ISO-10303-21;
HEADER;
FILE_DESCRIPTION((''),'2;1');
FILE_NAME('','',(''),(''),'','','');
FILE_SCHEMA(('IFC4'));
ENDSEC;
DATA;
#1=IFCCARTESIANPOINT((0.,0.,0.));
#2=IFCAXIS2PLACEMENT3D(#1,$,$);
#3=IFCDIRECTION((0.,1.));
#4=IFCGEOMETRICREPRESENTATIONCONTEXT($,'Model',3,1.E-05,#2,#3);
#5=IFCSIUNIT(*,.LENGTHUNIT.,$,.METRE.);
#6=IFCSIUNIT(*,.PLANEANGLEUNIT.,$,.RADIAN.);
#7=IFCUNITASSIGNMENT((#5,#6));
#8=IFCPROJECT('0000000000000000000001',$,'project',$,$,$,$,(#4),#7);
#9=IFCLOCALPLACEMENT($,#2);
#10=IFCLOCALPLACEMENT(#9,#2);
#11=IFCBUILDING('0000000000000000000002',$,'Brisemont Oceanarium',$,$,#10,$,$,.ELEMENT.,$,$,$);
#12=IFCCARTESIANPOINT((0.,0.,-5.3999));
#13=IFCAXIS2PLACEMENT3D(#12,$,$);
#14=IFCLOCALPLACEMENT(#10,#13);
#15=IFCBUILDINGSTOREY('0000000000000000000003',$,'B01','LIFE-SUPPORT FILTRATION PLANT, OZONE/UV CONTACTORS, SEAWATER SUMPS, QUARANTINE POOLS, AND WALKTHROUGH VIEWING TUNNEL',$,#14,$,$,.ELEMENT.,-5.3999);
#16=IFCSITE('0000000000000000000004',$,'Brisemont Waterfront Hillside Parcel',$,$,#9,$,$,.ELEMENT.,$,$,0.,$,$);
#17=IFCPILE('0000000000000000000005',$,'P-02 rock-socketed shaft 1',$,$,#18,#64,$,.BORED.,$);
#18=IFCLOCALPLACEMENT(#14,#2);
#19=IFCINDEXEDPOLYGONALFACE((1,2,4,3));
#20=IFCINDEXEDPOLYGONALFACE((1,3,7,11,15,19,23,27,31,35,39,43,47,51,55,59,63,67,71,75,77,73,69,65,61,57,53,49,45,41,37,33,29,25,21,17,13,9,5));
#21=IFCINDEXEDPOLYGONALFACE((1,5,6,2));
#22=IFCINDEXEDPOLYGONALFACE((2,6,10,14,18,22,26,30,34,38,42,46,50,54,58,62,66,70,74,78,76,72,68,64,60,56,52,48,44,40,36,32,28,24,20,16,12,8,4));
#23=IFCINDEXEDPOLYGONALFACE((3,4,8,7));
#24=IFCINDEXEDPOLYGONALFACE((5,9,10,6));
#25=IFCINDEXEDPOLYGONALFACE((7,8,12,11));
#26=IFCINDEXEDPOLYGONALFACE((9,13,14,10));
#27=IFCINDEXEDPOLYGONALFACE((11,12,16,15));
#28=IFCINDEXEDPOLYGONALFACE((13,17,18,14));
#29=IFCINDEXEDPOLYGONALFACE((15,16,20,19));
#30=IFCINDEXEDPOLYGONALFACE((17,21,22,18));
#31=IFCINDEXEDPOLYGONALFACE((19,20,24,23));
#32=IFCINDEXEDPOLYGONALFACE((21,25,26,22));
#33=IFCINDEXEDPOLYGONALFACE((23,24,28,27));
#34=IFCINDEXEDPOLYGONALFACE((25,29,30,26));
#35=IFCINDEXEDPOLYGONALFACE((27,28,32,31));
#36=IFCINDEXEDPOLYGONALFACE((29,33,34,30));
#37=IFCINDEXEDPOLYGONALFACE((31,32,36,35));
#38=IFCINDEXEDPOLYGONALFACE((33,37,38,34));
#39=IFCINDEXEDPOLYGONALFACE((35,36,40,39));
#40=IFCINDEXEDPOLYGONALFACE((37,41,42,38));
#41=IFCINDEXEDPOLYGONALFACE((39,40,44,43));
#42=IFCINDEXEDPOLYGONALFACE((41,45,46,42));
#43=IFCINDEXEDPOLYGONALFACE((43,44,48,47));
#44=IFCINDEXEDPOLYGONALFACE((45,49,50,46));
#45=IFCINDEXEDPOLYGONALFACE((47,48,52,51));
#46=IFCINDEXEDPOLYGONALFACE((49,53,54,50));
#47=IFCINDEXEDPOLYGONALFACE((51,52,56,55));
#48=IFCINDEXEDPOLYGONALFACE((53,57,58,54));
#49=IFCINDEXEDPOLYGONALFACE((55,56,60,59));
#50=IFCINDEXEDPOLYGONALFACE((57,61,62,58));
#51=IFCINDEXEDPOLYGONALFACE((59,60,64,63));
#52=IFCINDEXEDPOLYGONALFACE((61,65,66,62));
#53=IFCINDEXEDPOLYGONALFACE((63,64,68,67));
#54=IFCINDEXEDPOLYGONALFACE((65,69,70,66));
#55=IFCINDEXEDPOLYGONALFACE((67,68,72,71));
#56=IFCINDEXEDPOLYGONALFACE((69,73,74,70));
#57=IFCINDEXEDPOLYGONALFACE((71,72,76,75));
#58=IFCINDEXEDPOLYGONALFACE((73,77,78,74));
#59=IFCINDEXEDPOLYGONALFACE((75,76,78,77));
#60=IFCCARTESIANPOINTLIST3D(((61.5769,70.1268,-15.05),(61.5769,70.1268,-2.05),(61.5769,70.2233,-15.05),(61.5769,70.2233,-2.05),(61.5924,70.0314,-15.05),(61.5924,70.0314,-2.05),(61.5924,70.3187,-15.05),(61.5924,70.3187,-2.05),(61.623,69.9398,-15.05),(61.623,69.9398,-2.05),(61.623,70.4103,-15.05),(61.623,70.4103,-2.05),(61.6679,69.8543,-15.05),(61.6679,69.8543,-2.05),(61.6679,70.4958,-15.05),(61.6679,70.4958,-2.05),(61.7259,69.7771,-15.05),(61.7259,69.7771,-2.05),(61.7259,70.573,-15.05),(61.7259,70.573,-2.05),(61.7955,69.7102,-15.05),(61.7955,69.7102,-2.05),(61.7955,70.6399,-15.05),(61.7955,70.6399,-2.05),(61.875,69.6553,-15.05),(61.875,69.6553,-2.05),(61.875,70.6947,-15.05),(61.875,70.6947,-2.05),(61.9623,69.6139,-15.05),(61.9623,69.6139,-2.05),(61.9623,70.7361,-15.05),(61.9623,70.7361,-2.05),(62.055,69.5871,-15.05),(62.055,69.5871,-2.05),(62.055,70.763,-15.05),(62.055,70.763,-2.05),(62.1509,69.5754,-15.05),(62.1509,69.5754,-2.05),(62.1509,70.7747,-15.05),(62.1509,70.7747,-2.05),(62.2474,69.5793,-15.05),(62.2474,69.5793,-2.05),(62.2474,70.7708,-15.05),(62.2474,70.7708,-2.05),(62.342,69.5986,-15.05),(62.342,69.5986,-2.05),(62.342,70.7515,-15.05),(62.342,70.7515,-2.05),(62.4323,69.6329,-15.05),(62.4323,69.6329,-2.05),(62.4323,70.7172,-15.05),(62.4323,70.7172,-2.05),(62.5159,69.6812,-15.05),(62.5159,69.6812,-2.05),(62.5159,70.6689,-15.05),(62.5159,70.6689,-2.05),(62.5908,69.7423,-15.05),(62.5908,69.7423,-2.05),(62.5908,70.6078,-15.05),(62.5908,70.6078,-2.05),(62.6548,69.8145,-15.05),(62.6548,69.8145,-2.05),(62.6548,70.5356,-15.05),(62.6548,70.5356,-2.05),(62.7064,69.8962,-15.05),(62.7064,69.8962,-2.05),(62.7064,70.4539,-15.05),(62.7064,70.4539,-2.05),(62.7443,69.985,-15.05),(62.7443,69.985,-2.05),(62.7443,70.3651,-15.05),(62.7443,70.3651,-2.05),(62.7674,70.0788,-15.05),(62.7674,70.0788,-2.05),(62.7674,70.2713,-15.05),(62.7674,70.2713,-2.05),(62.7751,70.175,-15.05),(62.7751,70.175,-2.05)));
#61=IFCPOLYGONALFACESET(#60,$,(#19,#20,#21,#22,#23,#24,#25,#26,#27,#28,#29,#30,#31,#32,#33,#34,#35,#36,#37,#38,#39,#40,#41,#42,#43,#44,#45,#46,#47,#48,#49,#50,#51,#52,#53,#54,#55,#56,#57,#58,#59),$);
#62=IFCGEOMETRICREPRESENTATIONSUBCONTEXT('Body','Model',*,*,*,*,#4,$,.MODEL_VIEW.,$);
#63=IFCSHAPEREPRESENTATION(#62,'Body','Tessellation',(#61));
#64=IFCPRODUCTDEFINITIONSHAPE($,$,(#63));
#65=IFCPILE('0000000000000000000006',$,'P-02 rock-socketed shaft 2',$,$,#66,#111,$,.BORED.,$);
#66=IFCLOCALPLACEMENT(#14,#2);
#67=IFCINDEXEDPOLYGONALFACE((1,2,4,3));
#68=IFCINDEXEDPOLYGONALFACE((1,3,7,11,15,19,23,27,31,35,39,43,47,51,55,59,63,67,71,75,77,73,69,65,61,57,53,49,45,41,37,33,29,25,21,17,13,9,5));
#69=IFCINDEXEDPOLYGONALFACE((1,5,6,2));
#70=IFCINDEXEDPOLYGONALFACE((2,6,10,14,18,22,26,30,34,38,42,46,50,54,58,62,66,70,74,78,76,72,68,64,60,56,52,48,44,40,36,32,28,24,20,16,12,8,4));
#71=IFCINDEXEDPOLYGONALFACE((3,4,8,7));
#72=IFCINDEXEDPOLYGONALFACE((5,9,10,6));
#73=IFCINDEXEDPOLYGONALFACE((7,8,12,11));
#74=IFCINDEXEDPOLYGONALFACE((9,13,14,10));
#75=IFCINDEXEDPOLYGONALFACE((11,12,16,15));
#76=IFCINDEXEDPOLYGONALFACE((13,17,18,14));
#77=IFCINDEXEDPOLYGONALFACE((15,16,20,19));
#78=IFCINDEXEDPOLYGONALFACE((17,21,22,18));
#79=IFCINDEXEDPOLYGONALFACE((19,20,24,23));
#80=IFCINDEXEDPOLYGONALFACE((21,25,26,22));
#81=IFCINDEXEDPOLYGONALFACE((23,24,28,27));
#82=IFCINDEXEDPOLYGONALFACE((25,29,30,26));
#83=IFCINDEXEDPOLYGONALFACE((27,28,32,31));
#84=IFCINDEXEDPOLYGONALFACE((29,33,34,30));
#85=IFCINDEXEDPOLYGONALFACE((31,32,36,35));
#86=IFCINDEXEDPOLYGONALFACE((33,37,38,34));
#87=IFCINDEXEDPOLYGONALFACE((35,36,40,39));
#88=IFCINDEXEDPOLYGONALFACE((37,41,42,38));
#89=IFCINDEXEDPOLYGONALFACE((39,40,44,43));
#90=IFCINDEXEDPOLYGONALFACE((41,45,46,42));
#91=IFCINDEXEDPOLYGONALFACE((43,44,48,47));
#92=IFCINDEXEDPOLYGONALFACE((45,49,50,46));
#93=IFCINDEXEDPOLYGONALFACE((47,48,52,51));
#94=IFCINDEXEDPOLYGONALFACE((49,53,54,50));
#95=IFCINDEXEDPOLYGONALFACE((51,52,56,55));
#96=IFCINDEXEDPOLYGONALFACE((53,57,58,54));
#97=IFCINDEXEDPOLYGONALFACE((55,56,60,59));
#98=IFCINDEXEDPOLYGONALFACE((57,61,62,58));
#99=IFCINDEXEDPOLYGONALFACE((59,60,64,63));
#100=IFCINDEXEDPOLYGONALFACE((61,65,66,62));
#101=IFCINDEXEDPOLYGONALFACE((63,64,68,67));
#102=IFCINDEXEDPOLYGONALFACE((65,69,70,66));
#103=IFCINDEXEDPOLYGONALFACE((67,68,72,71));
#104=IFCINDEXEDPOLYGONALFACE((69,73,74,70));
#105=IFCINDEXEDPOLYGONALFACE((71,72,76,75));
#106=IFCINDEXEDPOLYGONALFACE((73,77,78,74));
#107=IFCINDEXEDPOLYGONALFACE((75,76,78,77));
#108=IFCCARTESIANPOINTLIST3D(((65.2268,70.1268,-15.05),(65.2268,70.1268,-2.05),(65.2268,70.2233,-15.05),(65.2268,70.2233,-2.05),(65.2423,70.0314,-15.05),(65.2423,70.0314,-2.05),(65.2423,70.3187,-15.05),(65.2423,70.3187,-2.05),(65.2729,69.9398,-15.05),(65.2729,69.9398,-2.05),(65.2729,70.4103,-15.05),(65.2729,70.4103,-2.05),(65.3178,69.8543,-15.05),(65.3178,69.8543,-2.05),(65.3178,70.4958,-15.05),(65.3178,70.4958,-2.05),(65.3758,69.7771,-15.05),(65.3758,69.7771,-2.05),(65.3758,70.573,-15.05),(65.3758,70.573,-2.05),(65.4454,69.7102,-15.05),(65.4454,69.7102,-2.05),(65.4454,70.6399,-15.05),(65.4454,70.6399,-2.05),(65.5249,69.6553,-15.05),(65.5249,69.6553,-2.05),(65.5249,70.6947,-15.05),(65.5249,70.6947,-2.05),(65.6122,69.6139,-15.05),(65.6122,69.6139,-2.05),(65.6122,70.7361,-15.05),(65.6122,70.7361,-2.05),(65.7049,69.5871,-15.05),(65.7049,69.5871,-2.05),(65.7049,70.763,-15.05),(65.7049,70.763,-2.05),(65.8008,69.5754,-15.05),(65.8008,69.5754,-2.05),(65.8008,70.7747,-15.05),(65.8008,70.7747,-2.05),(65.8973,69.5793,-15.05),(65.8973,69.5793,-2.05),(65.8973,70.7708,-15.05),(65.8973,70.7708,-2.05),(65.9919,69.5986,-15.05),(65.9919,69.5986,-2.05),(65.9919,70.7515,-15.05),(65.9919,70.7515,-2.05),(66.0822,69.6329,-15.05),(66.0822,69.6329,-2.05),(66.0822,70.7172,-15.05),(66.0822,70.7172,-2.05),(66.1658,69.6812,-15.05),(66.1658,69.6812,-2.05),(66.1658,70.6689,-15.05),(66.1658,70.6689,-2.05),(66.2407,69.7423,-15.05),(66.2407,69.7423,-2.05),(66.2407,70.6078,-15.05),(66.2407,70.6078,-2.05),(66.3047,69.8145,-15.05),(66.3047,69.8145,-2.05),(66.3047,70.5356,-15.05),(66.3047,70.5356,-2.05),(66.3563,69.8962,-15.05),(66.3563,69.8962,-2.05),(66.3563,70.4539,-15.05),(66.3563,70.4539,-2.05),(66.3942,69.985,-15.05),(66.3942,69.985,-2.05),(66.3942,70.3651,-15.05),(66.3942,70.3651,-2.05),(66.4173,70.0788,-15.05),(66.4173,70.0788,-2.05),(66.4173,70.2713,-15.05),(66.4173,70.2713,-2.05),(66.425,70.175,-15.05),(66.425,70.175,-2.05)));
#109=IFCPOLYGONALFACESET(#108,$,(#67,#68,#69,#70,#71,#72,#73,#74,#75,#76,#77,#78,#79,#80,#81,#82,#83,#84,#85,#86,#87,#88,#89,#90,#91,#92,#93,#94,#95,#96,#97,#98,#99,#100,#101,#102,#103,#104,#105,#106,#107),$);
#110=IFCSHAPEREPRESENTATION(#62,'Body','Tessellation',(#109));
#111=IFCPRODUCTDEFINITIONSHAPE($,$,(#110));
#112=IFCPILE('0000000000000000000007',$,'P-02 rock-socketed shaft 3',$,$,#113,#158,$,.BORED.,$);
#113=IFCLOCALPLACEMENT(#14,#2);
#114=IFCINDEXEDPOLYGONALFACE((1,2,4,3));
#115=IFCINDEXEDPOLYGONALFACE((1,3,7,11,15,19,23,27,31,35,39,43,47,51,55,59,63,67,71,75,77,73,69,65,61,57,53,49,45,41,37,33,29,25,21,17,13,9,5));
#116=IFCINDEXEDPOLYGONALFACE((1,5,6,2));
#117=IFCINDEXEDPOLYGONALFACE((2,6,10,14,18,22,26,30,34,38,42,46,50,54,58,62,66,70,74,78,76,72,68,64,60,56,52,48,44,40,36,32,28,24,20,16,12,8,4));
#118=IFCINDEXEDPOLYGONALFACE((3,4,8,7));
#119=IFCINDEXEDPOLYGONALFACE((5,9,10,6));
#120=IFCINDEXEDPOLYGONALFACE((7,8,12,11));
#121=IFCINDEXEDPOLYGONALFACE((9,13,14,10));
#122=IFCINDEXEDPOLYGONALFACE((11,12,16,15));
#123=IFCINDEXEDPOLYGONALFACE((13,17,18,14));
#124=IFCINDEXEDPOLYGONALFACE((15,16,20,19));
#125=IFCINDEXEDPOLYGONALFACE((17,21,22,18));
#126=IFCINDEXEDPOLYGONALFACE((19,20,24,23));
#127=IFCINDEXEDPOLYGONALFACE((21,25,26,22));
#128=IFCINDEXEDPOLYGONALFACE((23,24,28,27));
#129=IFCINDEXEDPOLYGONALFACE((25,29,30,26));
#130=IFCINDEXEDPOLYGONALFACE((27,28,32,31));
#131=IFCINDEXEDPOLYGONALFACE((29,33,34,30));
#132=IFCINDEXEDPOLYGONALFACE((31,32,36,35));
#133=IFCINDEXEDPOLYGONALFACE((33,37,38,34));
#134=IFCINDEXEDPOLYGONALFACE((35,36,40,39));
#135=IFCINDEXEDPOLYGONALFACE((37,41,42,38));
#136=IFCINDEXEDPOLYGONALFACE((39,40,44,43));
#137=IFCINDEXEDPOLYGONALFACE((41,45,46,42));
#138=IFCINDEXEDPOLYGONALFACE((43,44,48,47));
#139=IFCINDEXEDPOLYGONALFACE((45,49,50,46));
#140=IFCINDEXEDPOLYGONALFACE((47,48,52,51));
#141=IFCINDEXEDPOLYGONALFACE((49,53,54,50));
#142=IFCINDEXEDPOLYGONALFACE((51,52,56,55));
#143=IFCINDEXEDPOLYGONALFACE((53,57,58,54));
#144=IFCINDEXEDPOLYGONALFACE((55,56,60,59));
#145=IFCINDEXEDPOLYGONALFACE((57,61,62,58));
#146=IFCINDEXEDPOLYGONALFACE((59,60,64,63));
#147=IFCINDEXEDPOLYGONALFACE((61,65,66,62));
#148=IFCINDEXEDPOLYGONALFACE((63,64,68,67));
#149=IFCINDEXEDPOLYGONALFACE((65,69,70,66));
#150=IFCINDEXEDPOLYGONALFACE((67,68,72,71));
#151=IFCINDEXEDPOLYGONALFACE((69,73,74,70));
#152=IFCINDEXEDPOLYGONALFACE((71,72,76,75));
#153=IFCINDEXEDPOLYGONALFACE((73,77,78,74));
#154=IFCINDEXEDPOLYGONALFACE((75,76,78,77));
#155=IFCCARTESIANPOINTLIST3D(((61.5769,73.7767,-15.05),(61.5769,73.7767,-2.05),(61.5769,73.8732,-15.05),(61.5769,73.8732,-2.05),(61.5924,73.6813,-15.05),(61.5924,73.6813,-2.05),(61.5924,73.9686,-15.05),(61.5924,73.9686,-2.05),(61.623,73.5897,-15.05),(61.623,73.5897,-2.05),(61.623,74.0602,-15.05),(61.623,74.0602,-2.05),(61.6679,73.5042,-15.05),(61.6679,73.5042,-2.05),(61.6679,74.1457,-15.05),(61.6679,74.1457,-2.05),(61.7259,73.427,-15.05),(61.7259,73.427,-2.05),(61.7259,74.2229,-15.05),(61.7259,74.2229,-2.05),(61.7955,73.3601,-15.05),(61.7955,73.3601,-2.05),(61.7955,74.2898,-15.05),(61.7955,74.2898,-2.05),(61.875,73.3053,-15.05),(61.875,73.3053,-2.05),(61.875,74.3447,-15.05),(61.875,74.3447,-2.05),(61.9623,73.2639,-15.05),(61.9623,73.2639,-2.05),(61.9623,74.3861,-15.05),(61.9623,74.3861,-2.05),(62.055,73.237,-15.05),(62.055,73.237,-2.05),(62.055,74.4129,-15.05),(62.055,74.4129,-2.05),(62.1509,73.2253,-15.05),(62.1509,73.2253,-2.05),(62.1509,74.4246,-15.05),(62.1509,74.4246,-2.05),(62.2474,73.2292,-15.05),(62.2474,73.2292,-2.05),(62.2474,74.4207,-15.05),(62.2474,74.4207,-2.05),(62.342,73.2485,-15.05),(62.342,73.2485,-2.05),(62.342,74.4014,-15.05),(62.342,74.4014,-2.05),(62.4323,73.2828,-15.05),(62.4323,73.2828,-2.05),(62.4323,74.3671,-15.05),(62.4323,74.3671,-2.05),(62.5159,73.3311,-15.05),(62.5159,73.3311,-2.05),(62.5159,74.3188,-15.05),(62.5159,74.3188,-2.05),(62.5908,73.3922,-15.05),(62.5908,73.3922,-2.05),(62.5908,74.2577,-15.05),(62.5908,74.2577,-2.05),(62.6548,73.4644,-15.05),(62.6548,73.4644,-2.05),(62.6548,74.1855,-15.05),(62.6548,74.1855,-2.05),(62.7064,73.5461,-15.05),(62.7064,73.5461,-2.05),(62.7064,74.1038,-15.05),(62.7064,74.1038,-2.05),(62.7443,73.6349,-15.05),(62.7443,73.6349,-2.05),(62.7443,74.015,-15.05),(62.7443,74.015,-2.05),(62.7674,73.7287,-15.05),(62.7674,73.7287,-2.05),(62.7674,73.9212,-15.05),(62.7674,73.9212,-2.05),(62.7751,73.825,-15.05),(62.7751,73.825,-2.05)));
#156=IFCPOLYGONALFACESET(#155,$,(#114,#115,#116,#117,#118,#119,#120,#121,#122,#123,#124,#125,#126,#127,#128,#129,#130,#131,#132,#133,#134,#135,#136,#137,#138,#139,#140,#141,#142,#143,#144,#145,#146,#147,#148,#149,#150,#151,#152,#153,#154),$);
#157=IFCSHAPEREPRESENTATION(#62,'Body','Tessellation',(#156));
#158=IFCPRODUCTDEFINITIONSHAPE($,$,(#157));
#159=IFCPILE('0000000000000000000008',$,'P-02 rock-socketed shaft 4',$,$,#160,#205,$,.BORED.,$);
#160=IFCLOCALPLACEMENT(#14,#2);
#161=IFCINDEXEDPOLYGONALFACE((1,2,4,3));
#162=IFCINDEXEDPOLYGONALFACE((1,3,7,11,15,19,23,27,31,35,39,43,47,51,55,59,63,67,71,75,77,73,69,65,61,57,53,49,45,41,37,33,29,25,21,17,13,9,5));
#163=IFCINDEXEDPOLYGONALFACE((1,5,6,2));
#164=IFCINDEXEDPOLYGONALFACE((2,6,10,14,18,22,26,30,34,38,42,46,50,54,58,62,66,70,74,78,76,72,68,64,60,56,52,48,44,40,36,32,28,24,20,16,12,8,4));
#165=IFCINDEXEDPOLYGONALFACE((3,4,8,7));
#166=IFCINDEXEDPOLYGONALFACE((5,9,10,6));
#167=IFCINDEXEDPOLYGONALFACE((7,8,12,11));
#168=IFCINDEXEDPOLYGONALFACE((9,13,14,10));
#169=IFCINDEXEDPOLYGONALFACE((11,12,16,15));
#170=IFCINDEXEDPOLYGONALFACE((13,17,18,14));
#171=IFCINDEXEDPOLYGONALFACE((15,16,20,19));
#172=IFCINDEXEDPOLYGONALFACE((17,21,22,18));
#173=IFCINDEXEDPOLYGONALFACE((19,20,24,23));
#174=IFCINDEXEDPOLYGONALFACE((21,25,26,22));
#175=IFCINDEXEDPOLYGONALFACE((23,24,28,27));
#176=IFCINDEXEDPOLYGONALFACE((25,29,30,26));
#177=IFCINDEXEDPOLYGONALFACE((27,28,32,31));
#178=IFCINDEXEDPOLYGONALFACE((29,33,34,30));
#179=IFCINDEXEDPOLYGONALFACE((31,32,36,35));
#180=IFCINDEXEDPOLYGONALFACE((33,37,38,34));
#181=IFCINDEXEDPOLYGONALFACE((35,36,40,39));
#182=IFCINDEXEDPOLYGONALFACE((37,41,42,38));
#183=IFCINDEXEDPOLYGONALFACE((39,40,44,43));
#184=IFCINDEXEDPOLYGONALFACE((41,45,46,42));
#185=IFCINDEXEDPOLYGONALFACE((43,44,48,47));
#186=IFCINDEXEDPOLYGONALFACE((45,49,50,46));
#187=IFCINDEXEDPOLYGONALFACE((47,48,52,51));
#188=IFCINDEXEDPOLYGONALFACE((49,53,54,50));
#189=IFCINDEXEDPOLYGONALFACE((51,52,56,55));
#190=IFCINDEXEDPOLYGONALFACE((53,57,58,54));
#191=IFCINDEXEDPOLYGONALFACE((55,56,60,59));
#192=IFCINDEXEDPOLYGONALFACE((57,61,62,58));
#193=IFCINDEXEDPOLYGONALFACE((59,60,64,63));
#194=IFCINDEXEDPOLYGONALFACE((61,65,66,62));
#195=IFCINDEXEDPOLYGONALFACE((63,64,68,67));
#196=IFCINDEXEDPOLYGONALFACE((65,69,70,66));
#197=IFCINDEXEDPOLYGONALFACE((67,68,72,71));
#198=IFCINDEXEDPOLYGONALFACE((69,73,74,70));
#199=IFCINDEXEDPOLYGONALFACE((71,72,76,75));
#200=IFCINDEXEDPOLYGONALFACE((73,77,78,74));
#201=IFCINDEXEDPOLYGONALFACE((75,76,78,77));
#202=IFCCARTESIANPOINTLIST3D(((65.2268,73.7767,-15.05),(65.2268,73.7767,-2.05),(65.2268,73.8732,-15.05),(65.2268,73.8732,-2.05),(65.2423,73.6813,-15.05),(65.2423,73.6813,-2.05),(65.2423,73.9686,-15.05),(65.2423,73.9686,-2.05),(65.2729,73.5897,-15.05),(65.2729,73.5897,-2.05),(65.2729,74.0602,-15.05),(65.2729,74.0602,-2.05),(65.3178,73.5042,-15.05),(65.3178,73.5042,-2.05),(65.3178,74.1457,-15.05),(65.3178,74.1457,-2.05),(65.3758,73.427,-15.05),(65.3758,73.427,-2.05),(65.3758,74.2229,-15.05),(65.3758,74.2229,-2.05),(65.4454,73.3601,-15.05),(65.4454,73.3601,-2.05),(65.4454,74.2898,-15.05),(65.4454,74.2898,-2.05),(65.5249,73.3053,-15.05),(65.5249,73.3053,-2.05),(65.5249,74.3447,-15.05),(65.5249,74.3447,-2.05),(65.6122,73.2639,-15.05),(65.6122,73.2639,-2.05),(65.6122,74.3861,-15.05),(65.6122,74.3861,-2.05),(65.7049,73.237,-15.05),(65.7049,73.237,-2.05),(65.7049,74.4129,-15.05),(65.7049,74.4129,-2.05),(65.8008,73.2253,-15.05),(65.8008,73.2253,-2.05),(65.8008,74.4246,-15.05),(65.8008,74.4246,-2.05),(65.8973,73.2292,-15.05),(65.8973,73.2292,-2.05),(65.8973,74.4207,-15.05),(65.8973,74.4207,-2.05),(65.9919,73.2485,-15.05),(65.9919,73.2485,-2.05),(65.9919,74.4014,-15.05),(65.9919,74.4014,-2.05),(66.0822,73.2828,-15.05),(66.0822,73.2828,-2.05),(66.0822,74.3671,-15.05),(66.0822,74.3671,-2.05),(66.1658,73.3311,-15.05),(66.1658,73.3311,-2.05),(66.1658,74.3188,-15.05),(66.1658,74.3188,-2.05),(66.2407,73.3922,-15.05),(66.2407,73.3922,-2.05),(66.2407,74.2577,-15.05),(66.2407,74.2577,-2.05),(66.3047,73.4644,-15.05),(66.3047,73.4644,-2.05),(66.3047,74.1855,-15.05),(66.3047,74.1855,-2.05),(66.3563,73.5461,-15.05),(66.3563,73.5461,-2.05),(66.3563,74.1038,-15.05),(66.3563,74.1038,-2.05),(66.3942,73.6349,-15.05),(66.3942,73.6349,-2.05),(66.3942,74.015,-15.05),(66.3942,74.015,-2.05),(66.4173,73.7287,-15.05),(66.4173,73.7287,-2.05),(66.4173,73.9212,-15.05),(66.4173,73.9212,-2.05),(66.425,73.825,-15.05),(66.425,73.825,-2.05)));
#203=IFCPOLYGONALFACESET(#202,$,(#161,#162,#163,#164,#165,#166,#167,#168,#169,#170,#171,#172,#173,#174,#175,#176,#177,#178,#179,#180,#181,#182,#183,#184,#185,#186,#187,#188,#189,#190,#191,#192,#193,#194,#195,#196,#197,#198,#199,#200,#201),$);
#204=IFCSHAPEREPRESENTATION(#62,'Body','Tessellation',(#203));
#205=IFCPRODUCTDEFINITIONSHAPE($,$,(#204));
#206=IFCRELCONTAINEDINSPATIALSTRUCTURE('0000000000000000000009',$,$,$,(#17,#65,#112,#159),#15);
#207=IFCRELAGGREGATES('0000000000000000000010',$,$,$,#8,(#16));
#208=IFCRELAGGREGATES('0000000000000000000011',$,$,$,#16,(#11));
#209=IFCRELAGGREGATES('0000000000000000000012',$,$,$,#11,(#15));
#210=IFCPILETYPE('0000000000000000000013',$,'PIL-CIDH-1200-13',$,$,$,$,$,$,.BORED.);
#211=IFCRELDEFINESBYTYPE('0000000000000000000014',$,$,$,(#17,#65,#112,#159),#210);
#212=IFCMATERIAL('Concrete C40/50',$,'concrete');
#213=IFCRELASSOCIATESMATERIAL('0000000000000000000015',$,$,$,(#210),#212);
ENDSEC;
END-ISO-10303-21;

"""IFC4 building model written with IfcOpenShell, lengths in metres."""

from ifc_helpers import new_model, si_unit, direction, frame, origin, origin_2d, place, context, subcontext, project, spatial, circle, extrude, material, material_profile, profile_set, type_object, element, save


model = new_model("IFC4")

# Units and contexts
model_context = context("Model", 3, precision=1e-05, world=origin(), true_north=direction((0.0, 1.0)))
body_context = subcontext(model_context, "Body", "Model", "MODEL_VIEW")
ifc_project = project(units=[si_unit("LENGTHUNIT", "METRE"), si_unit("PLANEANGLEUNIT", "RADIAN")], contexts=[model_context])

# Site, building, storey
site_placement = place(None, origin())
site = spatial("IfcSite", under=ifc_project, at=site_placement, Name="Brisemont Waterfront Hillside Parcel", CompositionType="ELEMENT", RefElevation=0.0)
building_placement = place(site_placement, origin())
building = spatial("IfcBuilding", under=site, at=building_placement, Name="Brisemont Oceanarium", CompositionType="ELEMENT")
storey_placement = place(building_placement, frame((0.0, 0.0, -5.3999)))
storey = spatial("IfcBuildingStorey", under=building, at=storey_placement, Name="B01", Description="LIFE-SUPPORT FILTRATION PLANT, OZONE/UV CONTACTORS, SEAWATER SUMPS, QUARANTINE POOLS, AND WALKTHROUGH VIEWING TUNNEL", CompositionType="ELEMENT", Elevation=-5.3999)

# Piles
ifc_material_1 = material(Name="Concrete C40/50", Category="concrete")
ifc_material_profile_1 = material_profile(ifc_material_1, circle(Radius=0.6001, at=origin_2d()), Name="CIDH-D1200")
ifc_profile_set_1 = profile_set([ifc_material_profile_1], Name="Concrete C40/50")
pile_type_1 = type_object("IfcPileType", Name="PIL-CIDH-1200-13", PredefinedType="BORED", material=ifc_profile_set_1)
for number, where, z_axis, x_axis, name in (
    (1, (62.175, 70.175, -2.05), (0.0, 0.0, -1.0), (1.0, 0.0, 0.0), "P-02 rock-socketed shaft 1"),
    (2, (65.825, 70.175, -2.05), (0.0, 0.0, -1.0), (1.0, 0.0, 0.0), "P-02 rock-socketed shaft 2"),
    (3, (62.175, 73.825, -2.05), (0.0, 0.0, -1.0), (1.0, 0.0, 0.0), "P-02 rock-socketed shaft 3"),
    (4, (65.825, 73.825, -2.05), (0.0, 0.0, -1.0), (1.0, 0.0, 0.0), "P-02 rock-socketed shaft 4"),
):
    element("IfcPile", number, at=place(storey_placement, frame(where, z_axis=z_axis, x_axis=x_axis)), inside=storey, type_object=pile_type_1, Name=name, PredefinedType="BORED", context=body_context, shape_type="SweptSolid", body=[
        extrude(circle(Radius=0.6001, at=origin_2d()), origin(), (0.0, 0.0, 1.0), 13.0),
    ])

save(model, "model.ifc")
